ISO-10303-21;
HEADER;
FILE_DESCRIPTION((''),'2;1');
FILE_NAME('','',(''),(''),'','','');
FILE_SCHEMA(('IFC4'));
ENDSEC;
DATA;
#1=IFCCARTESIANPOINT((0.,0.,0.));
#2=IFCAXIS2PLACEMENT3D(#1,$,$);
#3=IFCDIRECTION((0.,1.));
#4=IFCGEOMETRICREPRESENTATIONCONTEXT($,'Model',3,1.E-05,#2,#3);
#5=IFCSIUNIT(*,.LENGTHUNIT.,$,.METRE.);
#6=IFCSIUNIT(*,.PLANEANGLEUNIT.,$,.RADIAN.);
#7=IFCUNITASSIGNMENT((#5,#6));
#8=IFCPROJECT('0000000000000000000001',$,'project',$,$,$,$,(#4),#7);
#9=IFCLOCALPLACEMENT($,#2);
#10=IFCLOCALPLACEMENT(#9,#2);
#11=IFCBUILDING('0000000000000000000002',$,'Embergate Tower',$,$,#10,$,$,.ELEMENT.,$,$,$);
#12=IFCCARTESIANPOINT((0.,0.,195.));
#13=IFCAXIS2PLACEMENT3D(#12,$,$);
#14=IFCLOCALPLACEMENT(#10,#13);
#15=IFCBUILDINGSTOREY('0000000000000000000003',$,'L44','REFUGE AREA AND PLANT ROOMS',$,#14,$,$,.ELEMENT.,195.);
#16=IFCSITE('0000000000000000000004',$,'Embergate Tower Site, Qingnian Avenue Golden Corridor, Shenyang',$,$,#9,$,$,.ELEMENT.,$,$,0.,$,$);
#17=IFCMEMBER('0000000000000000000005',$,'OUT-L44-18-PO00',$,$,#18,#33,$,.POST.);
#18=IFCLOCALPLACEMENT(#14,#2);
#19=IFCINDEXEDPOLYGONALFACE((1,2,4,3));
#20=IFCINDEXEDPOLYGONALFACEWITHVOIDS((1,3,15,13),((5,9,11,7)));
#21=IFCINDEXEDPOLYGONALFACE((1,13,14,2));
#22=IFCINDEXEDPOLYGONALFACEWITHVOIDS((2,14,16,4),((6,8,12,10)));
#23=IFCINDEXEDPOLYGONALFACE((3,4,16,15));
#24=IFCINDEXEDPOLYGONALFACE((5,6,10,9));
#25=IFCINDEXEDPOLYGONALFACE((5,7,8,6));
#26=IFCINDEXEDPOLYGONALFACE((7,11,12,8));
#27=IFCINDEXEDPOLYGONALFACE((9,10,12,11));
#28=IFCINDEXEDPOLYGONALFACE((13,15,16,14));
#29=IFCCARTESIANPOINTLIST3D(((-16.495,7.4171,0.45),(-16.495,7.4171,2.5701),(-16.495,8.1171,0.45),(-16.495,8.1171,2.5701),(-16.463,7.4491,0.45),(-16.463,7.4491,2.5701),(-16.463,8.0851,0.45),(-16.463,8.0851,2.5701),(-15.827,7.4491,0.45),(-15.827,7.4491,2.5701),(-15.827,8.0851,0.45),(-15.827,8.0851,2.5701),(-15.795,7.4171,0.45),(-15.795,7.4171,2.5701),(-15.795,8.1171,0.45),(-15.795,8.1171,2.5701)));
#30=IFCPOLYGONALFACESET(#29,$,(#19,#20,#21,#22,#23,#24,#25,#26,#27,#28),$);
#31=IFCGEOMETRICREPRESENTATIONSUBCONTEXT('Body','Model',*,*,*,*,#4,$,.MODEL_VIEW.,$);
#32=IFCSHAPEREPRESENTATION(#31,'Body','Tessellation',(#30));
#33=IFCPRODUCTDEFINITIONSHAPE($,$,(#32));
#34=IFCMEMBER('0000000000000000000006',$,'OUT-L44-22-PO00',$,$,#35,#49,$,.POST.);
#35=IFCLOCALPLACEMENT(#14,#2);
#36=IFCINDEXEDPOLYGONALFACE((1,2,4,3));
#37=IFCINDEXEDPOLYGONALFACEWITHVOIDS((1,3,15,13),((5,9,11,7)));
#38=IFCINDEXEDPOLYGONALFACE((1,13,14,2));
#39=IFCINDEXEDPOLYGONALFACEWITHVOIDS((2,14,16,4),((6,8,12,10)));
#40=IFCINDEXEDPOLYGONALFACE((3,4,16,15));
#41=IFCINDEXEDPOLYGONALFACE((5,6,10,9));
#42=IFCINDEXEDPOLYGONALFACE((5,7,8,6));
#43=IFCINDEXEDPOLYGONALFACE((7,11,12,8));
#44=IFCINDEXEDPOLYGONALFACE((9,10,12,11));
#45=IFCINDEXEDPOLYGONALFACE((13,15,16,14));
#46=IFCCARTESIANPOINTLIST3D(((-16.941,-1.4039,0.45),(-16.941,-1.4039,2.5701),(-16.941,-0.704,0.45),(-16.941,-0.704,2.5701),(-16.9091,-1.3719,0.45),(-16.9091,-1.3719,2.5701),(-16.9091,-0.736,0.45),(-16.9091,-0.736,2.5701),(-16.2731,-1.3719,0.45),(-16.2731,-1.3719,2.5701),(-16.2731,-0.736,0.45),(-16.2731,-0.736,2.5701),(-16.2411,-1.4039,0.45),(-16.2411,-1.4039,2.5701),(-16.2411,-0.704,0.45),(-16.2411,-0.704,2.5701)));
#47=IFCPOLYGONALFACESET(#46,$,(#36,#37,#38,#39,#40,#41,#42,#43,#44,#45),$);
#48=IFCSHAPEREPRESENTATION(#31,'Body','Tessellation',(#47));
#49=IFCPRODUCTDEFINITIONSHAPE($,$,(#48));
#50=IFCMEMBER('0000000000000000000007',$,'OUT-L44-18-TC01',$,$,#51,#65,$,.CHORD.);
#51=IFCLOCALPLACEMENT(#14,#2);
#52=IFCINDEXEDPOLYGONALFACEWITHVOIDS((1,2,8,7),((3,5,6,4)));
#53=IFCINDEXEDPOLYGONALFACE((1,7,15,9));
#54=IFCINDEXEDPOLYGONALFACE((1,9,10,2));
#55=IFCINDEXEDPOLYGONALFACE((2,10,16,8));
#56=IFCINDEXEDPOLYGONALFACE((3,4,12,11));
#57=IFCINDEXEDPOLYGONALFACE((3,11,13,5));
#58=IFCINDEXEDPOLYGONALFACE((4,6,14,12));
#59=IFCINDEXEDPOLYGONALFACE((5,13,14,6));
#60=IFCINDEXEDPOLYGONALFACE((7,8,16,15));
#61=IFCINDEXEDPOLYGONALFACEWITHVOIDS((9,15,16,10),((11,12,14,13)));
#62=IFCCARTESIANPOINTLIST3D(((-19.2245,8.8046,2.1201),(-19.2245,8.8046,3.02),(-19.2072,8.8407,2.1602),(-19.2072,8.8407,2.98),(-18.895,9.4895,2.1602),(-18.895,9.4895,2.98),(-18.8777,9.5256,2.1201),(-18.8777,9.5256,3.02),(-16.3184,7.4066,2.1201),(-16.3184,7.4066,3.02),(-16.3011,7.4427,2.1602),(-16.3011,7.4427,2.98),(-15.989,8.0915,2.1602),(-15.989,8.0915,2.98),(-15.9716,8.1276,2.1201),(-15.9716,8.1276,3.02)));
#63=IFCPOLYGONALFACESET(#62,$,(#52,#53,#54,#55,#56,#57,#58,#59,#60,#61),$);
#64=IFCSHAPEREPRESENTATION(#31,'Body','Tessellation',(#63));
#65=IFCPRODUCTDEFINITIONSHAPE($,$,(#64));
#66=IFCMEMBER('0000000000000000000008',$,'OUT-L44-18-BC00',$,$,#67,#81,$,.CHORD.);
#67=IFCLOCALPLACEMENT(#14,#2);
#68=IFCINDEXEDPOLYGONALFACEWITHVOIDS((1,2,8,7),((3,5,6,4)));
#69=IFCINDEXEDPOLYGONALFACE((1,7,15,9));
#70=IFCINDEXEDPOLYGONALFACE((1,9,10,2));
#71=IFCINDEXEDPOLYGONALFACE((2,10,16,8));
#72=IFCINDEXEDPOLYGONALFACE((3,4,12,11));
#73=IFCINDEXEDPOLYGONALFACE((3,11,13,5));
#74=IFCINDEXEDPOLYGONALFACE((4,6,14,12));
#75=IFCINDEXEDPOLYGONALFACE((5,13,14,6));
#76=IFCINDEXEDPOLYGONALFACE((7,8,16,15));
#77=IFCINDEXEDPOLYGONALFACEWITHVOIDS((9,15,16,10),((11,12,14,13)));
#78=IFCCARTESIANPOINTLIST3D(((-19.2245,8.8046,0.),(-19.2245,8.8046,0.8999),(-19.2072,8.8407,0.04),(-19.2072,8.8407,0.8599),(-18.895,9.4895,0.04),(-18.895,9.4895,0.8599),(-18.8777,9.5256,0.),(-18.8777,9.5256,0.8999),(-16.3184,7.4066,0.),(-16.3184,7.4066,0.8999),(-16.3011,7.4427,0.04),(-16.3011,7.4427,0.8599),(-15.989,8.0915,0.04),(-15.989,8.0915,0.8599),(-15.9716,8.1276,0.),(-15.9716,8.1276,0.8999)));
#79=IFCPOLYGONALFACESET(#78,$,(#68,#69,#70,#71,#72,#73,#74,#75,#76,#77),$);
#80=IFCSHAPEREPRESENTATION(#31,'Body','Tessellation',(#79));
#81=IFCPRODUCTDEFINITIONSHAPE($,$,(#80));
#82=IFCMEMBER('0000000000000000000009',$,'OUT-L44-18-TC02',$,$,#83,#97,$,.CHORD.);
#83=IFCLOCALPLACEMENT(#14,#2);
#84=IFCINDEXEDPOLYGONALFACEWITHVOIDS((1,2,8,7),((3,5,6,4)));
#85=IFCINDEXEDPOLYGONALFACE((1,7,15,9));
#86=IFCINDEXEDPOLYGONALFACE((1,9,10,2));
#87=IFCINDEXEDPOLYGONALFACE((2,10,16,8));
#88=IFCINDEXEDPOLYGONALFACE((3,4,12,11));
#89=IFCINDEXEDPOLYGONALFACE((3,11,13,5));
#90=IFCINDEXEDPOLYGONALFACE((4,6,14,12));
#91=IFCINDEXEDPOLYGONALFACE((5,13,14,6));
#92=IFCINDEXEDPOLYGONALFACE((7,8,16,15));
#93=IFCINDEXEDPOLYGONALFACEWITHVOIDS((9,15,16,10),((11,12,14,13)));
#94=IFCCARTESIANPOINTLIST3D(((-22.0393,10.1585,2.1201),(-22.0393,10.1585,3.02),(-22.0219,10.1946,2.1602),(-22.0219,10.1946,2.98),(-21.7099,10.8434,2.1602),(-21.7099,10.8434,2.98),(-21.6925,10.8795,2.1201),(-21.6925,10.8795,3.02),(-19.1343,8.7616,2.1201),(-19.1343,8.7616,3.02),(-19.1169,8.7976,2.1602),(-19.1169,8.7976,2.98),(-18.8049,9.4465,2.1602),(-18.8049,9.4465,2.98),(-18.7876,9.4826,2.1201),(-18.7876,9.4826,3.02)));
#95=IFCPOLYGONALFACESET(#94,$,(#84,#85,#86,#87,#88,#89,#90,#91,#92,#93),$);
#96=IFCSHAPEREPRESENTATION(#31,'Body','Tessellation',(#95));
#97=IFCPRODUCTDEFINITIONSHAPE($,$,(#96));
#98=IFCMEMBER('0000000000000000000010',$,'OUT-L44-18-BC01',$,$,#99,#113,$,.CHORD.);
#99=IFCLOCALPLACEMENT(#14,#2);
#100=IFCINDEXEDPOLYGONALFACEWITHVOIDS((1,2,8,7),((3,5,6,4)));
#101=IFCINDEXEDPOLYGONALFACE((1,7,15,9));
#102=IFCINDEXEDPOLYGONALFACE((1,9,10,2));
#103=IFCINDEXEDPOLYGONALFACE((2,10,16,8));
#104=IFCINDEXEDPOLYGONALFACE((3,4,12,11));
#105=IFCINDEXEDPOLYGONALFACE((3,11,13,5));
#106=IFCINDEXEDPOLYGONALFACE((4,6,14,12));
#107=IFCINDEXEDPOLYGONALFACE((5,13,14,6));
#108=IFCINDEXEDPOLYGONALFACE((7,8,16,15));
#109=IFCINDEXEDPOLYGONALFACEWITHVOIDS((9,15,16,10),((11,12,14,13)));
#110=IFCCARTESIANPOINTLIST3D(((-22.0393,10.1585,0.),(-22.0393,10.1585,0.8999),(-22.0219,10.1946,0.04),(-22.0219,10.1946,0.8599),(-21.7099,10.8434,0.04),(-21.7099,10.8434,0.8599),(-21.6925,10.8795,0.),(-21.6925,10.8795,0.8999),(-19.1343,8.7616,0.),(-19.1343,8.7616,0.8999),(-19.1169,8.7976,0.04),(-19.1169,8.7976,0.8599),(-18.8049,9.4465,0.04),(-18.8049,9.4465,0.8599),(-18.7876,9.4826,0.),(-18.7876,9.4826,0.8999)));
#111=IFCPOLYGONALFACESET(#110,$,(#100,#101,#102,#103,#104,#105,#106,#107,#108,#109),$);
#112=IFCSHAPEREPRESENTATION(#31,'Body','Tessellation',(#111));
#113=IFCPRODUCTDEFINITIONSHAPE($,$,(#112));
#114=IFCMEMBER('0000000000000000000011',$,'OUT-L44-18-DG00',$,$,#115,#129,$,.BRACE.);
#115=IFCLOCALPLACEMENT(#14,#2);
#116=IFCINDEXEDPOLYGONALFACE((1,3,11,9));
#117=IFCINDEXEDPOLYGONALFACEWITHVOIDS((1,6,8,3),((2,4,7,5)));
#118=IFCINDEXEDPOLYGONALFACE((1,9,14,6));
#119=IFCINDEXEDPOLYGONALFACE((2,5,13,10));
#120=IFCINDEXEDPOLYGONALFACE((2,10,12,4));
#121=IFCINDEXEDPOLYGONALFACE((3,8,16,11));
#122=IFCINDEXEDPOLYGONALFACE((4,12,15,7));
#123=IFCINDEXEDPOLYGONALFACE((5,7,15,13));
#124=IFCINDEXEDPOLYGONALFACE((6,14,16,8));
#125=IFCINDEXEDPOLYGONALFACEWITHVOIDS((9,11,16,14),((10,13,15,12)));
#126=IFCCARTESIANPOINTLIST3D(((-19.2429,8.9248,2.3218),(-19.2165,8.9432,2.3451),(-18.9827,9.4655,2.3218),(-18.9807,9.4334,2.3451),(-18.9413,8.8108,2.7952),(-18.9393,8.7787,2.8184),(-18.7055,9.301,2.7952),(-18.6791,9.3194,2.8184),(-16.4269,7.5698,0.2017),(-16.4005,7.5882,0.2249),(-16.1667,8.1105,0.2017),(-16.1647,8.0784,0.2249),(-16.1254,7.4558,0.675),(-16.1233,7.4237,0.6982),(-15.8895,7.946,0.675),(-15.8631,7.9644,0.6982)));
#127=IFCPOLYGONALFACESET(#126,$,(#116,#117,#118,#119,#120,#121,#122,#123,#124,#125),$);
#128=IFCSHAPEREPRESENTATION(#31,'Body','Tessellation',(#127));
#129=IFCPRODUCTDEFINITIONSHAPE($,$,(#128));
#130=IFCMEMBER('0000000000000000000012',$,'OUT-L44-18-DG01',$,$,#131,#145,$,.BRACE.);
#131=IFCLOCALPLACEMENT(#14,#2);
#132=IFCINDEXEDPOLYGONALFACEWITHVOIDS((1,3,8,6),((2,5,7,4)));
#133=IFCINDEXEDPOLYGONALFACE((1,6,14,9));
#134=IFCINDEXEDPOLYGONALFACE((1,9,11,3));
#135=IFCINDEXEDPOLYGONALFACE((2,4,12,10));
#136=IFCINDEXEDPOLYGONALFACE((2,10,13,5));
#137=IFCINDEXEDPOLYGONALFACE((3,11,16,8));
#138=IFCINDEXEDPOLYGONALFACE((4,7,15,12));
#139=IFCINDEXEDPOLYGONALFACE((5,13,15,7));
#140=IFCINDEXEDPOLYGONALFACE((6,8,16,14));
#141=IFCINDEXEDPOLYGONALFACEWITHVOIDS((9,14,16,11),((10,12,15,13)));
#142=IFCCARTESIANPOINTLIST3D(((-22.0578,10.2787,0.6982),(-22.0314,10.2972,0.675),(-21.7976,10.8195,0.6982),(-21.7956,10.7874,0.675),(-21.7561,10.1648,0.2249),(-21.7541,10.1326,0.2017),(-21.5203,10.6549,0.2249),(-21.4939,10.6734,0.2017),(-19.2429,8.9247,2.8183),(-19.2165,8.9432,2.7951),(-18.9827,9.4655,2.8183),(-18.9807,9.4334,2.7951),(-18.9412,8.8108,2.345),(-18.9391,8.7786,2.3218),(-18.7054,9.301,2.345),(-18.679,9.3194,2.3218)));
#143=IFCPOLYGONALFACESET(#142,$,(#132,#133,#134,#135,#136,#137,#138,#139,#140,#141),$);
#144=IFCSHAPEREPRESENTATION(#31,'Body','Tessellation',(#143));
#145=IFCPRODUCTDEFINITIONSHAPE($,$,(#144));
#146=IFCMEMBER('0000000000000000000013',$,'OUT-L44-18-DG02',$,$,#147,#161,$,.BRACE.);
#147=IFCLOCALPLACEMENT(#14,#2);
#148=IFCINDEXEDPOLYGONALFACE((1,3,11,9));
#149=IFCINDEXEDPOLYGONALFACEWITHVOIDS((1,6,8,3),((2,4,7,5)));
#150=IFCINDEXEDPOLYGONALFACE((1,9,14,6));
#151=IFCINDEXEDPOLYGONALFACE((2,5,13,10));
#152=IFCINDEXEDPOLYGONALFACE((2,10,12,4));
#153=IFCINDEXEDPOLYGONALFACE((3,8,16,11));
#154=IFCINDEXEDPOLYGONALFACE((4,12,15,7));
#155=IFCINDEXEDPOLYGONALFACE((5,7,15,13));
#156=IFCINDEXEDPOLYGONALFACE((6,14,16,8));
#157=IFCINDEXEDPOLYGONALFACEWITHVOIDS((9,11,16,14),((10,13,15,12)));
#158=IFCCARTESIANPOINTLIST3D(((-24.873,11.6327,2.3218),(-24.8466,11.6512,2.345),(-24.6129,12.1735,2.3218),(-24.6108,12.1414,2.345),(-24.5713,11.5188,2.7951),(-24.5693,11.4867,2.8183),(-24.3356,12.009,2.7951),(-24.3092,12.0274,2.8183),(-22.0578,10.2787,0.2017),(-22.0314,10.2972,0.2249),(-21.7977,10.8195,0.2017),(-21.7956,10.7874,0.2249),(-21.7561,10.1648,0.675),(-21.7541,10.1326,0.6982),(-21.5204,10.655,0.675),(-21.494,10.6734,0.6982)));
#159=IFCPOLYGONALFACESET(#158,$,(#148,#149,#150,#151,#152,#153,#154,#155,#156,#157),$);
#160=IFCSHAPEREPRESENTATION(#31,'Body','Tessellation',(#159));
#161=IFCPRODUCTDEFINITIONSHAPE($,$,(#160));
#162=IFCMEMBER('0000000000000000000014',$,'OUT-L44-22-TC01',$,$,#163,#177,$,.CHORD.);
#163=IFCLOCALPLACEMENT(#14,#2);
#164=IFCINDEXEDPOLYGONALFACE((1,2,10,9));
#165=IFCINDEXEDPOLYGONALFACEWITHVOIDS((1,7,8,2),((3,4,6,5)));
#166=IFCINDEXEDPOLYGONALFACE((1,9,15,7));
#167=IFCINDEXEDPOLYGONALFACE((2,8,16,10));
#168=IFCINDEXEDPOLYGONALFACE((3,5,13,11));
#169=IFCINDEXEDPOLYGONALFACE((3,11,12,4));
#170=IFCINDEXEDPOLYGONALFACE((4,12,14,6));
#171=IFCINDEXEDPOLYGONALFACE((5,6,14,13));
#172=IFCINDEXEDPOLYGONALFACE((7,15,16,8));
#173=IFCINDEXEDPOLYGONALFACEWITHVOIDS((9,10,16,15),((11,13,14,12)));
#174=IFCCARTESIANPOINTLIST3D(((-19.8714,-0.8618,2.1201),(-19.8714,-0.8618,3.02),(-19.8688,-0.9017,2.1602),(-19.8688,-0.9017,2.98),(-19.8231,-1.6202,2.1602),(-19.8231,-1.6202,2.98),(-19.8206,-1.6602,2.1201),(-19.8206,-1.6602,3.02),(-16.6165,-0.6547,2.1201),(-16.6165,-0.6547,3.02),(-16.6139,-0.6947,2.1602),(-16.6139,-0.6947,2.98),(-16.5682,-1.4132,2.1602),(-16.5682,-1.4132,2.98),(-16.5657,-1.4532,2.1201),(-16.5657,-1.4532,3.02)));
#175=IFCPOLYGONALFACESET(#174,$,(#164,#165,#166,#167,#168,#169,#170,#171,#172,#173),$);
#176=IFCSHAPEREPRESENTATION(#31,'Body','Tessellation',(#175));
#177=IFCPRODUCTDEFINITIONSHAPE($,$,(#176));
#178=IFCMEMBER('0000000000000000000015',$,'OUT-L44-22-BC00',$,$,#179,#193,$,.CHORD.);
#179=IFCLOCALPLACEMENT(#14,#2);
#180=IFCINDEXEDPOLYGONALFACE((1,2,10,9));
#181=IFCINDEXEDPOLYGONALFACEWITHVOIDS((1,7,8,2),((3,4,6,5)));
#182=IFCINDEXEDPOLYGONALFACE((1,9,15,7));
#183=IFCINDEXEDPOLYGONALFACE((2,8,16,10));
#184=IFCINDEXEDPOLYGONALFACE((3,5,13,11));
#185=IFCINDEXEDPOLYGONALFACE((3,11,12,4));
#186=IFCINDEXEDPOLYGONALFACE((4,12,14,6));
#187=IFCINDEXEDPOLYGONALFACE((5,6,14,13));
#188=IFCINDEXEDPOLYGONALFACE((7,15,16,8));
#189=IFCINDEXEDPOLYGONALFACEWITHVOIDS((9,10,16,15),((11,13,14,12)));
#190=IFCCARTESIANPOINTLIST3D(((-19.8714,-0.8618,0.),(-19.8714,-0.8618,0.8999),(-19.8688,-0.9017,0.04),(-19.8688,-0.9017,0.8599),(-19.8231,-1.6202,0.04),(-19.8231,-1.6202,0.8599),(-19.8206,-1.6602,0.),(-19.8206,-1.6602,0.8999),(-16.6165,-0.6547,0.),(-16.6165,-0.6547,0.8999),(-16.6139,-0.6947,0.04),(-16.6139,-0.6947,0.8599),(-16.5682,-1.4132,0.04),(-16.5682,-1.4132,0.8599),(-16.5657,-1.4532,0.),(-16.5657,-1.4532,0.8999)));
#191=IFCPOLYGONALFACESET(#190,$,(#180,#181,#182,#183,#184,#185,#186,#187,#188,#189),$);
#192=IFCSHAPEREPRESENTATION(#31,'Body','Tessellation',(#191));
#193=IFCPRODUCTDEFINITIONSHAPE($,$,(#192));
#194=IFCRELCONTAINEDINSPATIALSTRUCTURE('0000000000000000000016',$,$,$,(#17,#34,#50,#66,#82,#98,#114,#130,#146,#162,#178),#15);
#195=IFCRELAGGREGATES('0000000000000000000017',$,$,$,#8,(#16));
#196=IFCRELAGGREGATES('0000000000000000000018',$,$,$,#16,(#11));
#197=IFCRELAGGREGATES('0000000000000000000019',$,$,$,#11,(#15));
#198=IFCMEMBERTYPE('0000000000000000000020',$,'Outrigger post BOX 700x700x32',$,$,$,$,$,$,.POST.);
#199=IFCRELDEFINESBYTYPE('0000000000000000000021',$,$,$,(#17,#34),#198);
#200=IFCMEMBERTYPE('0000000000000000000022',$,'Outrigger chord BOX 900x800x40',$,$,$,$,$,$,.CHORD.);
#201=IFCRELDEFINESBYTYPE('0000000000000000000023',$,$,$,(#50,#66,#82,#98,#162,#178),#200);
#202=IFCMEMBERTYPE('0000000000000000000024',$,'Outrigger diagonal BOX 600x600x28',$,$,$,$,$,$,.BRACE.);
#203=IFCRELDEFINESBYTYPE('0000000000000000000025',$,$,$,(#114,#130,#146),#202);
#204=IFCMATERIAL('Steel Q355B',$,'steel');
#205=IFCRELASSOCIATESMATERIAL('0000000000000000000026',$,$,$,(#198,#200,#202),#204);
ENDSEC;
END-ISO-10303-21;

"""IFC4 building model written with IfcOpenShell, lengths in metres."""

from ifc_helpers import new_model, si_unit, direction, frame, origin, origin_2d, place, context, subcontext, project, spatial, hollow_rectangle, extrude, source, transform, mapped, material, material_profile, profile_set, type_object, element, save


model = new_model("IFC4")

# Units and contexts
model_context = context("Model", 3, precision=1e-05, world=origin(), true_north=direction((0.0, 1.0)))
body_context = subcontext(model_context, "Body", "Model", "MODEL_VIEW")
ifc_project = project(units=[si_unit("LENGTHUNIT", "METRE"), si_unit("PLANEANGLEUNIT", "RADIAN")], contexts=[model_context])

# Site, building, storey
site_placement = place(None, origin())
site = spatial("IfcSite", under=ifc_project, at=site_placement, Name="Embergate Tower Site, Qingnian Avenue Golden Corridor, Shenyang", CompositionType="ELEMENT", RefElevation=0.0)
building_placement = place(site_placement, origin())
building = spatial("IfcBuilding", under=site, at=building_placement, Name="Embergate Tower", CompositionType="ELEMENT")
storey_placement = place(building_placement, frame((0.0, 0.0, 195.0)))
storey = spatial("IfcBuildingStorey", under=building, at=storey_placement, Name="L44", Description="REFUGE AREA AND PLANT ROOMS", CompositionType="ELEMENT", Elevation=195.0)

# Members
ifc_material_1 = material(Name="Steel Q355B", Category="steel")
ifc_material_profile_1 = material_profile(ifc_material_1, hollow_rectangle(XDim=0.7, YDim=0.7, WallThickness=0.032, at=origin_2d()), Name="BOX 700x700x32")
ifc_profile_set_1 = profile_set([ifc_material_profile_1], Name="Steel Q355 grade B")
member_type_1 = type_object("IfcMemberType", Name="Outrigger post BOX 700x700x32", PredefinedType="POST", material=ifc_profile_set_1)
shared_shape_1 = source(origin(), body_context, "Body", "SweptSolid", [
    extrude(hollow_rectangle(XDim=0.7, YDim=0.7, WallThickness=0.032, at=origin_2d()), origin(), (0.0, 0.0, 1.0), 2.1201),
])
for number, where, z_axis, x_axis, name in (
    (1, (-16.145, 7.7671, 0.45), (0.0, 0.0, 1.0), (1.0, 0.0, 0.0), "OUT-L44-18-PO00"),
    (2, (-16.5911, -1.054, 0.45), (0.0, 0.0, 1.0), (1.0, 0.0, 0.0), "OUT-L44-22-PO00"),
):
    element("IfcMember", number, at=place(storey_placement, frame(where, z_axis=z_axis, x_axis=x_axis)), inside=storey, type_object=member_type_1, Name=name, PredefinedType="POST", context=body_context, shape_type="MappedRepresentation", body=[
        mapped(shared_shape_1, transform((0.0, 0.0, 0.0))),
    ])
ifc_material_profile_2 = material_profile(ifc_material_1, hollow_rectangle(XDim=0.8, YDim=0.8999, WallThickness=0.04, at=origin_2d()), Name="BOX 900x800x40")
ifc_profile_set_2 = profile_set([ifc_material_profile_2], Name="Steel Q355 grade B")
member_type_2 = type_object("IfcMemberType", Name="Outrigger chord BOX 900x800x40", PredefinedType="CHORD", material=ifc_profile_set_2)
shared_shape_2 = source(origin(), body_context, "Body", "SweptSolid", [
    extrude(hollow_rectangle(XDim=0.8, YDim=0.8999, WallThickness=0.04, at=origin_2d()), origin(), (0.0, 0.0, 1.0), 3.2249),
])
for number, where, z_axis, x_axis, name in (
    (3, (-16.145, 7.7671, 2.5701), (-0.901152, 0.433504, 0.0), (-0.433504, -0.901152, 0.0), "OUT-L44-18-TC01"),
    (4, (-16.145, 7.7671, 0.45), (-0.901152, 0.433504, 0.0), (-0.433504, -0.901152, 0.0), "OUT-L44-18-BC00"),
):
    element("IfcMember", number, at=place(storey_placement, frame(where, z_axis=z_axis, x_axis=x_axis)), inside=storey, type_object=member_type_2, Name=name, PredefinedType="CHORD", context=body_context, shape_type="MappedRepresentation", body=[
        mapped(shared_shape_2, transform((0.0, 0.0, 0.0))),
    ])
shared_shape_3 = source(origin(), body_context, "Body", "SweptSolid", [
    extrude(hollow_rectangle(XDim=0.8, YDim=0.8999, WallThickness=0.04, at=origin_2d()), origin(), (0.0, 0.0, 1.0), 3.2234),
])
for number, where, z_axis, x_axis, name in (
    (5, (-18.9609, 9.1221, 2.5701), (-0.901213, 0.433376, 0.0), (-0.433376, -0.901213, 0.0), "OUT-L44-18-TC02"),
    (6, (-18.9609, 9.1221, 0.45), (-0.901213, 0.433376, 0.0), (-0.433376, -0.901213, 0.0), "OUT-L44-18-BC01"),
):
    element("IfcMember", number, at=place(storey_placement, frame(where, z_axis=z_axis, x_axis=x_axis)), inside=storey, type_object=member_type_2, Name=name, PredefinedType="CHORD", context=body_context, shape_type="MappedRepresentation", body=[
        mapped(shared_shape_3, transform((0.0, 0.0, 0.0))),
    ])
ifc_material_profile_3 = material_profile(ifc_material_1, hollow_rectangle(XDim=0.6001, YDim=0.6001, WallThickness=0.0281, at=origin_2d()), Name="BOX 600x600x28")
ifc_profile_set_3 = profile_set([ifc_material_profile_3], Name="Steel Q355 grade B")
member_type_3 = type_object("IfcMemberType", Name="Outrigger diagonal BOX 600x600x28", PredefinedType="BRACE", material=ifc_profile_set_3)
shared_shape_4 = source(origin(), body_context, "Body", "SweptSolid", [
    extrude(hollow_rectangle(XDim=0.6001, YDim=0.6001, WallThickness=0.0281, at=origin_2d()), origin(), (0.0, 0.0, 1.0), 3.7764),
])
member_1_placement = place(storey_placement, frame((-16.145, 7.7671, 0.45), z_axis=(-0.745686, 0.358814, 0.561431), x_axis=(-0.433599, -0.901106, 0.0)))
element("IfcMember", 7, at=member_1_placement, inside=storey, type_object=member_type_3, Name="OUT-L44-18-DG00", PredefinedType="BRACE", context=body_context, shape_type="MappedRepresentation", body=[
    mapped(shared_shape_4, transform((0.0, 0.0, 0.0))),
])
shared_shape_5 = source(origin(), body_context, "Body", "SweptSolid", [
    extrude(hollow_rectangle(XDim=0.6001, YDim=0.6001, WallThickness=0.0281, at=origin_2d()), origin(), (0.0, 0.0, 1.0), 3.7751),
])
member_2_placement = place(storey_placement, frame((-18.9609, 9.1221, 2.5701), z_axis=(-0.745641, 0.358658, -0.561591), x_axis=(-0.433468, -0.901169, 0.0)))
element("IfcMember", 8, at=member_2_placement, inside=storey, type_object=member_type_3, Name="OUT-L44-18-DG01", PredefinedType="BRACE", context=body_context, shape_type="MappedRepresentation", body=[
    mapped(shared_shape_5, transform((0.0, 0.0, 0.0))),
])
shared_shape_6 = source(origin(), body_context, "Body", "SweptSolid", [
    extrude(hollow_rectangle(XDim=0.6001, YDim=0.6001, WallThickness=0.0281, at=origin_2d()), origin(), (0.0, 0.0, 1.0), 3.7754),
])
member_3_placement = place(storey_placement, frame((-21.7759, 10.4761, 0.45), z_axis=(-0.745669, 0.35864, 0.561564), x_axis=(-0.433437, -0.901184, 0.0)))
element("IfcMember", 9, at=member_3_placement, inside=storey, type_object=member_type_3, Name="OUT-L44-18-DG02", PredefinedType="BRACE", context=body_context, shape_type="MappedRepresentation", body=[
    mapped(shared_shape_6, transform((0.0, 0.0, 0.0))),
])
shared_shape_7 = source(origin(), body_context, "Body", "SweptSolid", [
    extrude(hollow_rectangle(XDim=0.8, YDim=0.8999, WallThickness=0.04, at=origin_2d()), origin(), (0.0, 0.0, 1.0), 3.2615),
])
for number, where, z_axis, x_axis, name in (
    (10, (-16.5911, -1.054, 2.5701), (-0.997983, -0.063478, 0.0), (0.063478, -0.997983, 0.0), "OUT-L44-22-TC01"),
    (11, (-16.5911, -1.054, 0.45), (-0.997983, -0.063478, 0.0), (0.063478, -0.997983, 0.0), "OUT-L44-22-BC00"),
):
    element("IfcMember", number, at=place(storey_placement, frame(where, z_axis=z_axis, x_axis=x_axis)), inside=storey, type_object=member_type_2, Name=name, PredefinedType="CHORD", context=body_context, shape_type="MappedRepresentation", body=[
        mapped(shared_shape_7, transform((0.0, 0.0, 0.0))),
    ])

save(model, "model.ifc")
